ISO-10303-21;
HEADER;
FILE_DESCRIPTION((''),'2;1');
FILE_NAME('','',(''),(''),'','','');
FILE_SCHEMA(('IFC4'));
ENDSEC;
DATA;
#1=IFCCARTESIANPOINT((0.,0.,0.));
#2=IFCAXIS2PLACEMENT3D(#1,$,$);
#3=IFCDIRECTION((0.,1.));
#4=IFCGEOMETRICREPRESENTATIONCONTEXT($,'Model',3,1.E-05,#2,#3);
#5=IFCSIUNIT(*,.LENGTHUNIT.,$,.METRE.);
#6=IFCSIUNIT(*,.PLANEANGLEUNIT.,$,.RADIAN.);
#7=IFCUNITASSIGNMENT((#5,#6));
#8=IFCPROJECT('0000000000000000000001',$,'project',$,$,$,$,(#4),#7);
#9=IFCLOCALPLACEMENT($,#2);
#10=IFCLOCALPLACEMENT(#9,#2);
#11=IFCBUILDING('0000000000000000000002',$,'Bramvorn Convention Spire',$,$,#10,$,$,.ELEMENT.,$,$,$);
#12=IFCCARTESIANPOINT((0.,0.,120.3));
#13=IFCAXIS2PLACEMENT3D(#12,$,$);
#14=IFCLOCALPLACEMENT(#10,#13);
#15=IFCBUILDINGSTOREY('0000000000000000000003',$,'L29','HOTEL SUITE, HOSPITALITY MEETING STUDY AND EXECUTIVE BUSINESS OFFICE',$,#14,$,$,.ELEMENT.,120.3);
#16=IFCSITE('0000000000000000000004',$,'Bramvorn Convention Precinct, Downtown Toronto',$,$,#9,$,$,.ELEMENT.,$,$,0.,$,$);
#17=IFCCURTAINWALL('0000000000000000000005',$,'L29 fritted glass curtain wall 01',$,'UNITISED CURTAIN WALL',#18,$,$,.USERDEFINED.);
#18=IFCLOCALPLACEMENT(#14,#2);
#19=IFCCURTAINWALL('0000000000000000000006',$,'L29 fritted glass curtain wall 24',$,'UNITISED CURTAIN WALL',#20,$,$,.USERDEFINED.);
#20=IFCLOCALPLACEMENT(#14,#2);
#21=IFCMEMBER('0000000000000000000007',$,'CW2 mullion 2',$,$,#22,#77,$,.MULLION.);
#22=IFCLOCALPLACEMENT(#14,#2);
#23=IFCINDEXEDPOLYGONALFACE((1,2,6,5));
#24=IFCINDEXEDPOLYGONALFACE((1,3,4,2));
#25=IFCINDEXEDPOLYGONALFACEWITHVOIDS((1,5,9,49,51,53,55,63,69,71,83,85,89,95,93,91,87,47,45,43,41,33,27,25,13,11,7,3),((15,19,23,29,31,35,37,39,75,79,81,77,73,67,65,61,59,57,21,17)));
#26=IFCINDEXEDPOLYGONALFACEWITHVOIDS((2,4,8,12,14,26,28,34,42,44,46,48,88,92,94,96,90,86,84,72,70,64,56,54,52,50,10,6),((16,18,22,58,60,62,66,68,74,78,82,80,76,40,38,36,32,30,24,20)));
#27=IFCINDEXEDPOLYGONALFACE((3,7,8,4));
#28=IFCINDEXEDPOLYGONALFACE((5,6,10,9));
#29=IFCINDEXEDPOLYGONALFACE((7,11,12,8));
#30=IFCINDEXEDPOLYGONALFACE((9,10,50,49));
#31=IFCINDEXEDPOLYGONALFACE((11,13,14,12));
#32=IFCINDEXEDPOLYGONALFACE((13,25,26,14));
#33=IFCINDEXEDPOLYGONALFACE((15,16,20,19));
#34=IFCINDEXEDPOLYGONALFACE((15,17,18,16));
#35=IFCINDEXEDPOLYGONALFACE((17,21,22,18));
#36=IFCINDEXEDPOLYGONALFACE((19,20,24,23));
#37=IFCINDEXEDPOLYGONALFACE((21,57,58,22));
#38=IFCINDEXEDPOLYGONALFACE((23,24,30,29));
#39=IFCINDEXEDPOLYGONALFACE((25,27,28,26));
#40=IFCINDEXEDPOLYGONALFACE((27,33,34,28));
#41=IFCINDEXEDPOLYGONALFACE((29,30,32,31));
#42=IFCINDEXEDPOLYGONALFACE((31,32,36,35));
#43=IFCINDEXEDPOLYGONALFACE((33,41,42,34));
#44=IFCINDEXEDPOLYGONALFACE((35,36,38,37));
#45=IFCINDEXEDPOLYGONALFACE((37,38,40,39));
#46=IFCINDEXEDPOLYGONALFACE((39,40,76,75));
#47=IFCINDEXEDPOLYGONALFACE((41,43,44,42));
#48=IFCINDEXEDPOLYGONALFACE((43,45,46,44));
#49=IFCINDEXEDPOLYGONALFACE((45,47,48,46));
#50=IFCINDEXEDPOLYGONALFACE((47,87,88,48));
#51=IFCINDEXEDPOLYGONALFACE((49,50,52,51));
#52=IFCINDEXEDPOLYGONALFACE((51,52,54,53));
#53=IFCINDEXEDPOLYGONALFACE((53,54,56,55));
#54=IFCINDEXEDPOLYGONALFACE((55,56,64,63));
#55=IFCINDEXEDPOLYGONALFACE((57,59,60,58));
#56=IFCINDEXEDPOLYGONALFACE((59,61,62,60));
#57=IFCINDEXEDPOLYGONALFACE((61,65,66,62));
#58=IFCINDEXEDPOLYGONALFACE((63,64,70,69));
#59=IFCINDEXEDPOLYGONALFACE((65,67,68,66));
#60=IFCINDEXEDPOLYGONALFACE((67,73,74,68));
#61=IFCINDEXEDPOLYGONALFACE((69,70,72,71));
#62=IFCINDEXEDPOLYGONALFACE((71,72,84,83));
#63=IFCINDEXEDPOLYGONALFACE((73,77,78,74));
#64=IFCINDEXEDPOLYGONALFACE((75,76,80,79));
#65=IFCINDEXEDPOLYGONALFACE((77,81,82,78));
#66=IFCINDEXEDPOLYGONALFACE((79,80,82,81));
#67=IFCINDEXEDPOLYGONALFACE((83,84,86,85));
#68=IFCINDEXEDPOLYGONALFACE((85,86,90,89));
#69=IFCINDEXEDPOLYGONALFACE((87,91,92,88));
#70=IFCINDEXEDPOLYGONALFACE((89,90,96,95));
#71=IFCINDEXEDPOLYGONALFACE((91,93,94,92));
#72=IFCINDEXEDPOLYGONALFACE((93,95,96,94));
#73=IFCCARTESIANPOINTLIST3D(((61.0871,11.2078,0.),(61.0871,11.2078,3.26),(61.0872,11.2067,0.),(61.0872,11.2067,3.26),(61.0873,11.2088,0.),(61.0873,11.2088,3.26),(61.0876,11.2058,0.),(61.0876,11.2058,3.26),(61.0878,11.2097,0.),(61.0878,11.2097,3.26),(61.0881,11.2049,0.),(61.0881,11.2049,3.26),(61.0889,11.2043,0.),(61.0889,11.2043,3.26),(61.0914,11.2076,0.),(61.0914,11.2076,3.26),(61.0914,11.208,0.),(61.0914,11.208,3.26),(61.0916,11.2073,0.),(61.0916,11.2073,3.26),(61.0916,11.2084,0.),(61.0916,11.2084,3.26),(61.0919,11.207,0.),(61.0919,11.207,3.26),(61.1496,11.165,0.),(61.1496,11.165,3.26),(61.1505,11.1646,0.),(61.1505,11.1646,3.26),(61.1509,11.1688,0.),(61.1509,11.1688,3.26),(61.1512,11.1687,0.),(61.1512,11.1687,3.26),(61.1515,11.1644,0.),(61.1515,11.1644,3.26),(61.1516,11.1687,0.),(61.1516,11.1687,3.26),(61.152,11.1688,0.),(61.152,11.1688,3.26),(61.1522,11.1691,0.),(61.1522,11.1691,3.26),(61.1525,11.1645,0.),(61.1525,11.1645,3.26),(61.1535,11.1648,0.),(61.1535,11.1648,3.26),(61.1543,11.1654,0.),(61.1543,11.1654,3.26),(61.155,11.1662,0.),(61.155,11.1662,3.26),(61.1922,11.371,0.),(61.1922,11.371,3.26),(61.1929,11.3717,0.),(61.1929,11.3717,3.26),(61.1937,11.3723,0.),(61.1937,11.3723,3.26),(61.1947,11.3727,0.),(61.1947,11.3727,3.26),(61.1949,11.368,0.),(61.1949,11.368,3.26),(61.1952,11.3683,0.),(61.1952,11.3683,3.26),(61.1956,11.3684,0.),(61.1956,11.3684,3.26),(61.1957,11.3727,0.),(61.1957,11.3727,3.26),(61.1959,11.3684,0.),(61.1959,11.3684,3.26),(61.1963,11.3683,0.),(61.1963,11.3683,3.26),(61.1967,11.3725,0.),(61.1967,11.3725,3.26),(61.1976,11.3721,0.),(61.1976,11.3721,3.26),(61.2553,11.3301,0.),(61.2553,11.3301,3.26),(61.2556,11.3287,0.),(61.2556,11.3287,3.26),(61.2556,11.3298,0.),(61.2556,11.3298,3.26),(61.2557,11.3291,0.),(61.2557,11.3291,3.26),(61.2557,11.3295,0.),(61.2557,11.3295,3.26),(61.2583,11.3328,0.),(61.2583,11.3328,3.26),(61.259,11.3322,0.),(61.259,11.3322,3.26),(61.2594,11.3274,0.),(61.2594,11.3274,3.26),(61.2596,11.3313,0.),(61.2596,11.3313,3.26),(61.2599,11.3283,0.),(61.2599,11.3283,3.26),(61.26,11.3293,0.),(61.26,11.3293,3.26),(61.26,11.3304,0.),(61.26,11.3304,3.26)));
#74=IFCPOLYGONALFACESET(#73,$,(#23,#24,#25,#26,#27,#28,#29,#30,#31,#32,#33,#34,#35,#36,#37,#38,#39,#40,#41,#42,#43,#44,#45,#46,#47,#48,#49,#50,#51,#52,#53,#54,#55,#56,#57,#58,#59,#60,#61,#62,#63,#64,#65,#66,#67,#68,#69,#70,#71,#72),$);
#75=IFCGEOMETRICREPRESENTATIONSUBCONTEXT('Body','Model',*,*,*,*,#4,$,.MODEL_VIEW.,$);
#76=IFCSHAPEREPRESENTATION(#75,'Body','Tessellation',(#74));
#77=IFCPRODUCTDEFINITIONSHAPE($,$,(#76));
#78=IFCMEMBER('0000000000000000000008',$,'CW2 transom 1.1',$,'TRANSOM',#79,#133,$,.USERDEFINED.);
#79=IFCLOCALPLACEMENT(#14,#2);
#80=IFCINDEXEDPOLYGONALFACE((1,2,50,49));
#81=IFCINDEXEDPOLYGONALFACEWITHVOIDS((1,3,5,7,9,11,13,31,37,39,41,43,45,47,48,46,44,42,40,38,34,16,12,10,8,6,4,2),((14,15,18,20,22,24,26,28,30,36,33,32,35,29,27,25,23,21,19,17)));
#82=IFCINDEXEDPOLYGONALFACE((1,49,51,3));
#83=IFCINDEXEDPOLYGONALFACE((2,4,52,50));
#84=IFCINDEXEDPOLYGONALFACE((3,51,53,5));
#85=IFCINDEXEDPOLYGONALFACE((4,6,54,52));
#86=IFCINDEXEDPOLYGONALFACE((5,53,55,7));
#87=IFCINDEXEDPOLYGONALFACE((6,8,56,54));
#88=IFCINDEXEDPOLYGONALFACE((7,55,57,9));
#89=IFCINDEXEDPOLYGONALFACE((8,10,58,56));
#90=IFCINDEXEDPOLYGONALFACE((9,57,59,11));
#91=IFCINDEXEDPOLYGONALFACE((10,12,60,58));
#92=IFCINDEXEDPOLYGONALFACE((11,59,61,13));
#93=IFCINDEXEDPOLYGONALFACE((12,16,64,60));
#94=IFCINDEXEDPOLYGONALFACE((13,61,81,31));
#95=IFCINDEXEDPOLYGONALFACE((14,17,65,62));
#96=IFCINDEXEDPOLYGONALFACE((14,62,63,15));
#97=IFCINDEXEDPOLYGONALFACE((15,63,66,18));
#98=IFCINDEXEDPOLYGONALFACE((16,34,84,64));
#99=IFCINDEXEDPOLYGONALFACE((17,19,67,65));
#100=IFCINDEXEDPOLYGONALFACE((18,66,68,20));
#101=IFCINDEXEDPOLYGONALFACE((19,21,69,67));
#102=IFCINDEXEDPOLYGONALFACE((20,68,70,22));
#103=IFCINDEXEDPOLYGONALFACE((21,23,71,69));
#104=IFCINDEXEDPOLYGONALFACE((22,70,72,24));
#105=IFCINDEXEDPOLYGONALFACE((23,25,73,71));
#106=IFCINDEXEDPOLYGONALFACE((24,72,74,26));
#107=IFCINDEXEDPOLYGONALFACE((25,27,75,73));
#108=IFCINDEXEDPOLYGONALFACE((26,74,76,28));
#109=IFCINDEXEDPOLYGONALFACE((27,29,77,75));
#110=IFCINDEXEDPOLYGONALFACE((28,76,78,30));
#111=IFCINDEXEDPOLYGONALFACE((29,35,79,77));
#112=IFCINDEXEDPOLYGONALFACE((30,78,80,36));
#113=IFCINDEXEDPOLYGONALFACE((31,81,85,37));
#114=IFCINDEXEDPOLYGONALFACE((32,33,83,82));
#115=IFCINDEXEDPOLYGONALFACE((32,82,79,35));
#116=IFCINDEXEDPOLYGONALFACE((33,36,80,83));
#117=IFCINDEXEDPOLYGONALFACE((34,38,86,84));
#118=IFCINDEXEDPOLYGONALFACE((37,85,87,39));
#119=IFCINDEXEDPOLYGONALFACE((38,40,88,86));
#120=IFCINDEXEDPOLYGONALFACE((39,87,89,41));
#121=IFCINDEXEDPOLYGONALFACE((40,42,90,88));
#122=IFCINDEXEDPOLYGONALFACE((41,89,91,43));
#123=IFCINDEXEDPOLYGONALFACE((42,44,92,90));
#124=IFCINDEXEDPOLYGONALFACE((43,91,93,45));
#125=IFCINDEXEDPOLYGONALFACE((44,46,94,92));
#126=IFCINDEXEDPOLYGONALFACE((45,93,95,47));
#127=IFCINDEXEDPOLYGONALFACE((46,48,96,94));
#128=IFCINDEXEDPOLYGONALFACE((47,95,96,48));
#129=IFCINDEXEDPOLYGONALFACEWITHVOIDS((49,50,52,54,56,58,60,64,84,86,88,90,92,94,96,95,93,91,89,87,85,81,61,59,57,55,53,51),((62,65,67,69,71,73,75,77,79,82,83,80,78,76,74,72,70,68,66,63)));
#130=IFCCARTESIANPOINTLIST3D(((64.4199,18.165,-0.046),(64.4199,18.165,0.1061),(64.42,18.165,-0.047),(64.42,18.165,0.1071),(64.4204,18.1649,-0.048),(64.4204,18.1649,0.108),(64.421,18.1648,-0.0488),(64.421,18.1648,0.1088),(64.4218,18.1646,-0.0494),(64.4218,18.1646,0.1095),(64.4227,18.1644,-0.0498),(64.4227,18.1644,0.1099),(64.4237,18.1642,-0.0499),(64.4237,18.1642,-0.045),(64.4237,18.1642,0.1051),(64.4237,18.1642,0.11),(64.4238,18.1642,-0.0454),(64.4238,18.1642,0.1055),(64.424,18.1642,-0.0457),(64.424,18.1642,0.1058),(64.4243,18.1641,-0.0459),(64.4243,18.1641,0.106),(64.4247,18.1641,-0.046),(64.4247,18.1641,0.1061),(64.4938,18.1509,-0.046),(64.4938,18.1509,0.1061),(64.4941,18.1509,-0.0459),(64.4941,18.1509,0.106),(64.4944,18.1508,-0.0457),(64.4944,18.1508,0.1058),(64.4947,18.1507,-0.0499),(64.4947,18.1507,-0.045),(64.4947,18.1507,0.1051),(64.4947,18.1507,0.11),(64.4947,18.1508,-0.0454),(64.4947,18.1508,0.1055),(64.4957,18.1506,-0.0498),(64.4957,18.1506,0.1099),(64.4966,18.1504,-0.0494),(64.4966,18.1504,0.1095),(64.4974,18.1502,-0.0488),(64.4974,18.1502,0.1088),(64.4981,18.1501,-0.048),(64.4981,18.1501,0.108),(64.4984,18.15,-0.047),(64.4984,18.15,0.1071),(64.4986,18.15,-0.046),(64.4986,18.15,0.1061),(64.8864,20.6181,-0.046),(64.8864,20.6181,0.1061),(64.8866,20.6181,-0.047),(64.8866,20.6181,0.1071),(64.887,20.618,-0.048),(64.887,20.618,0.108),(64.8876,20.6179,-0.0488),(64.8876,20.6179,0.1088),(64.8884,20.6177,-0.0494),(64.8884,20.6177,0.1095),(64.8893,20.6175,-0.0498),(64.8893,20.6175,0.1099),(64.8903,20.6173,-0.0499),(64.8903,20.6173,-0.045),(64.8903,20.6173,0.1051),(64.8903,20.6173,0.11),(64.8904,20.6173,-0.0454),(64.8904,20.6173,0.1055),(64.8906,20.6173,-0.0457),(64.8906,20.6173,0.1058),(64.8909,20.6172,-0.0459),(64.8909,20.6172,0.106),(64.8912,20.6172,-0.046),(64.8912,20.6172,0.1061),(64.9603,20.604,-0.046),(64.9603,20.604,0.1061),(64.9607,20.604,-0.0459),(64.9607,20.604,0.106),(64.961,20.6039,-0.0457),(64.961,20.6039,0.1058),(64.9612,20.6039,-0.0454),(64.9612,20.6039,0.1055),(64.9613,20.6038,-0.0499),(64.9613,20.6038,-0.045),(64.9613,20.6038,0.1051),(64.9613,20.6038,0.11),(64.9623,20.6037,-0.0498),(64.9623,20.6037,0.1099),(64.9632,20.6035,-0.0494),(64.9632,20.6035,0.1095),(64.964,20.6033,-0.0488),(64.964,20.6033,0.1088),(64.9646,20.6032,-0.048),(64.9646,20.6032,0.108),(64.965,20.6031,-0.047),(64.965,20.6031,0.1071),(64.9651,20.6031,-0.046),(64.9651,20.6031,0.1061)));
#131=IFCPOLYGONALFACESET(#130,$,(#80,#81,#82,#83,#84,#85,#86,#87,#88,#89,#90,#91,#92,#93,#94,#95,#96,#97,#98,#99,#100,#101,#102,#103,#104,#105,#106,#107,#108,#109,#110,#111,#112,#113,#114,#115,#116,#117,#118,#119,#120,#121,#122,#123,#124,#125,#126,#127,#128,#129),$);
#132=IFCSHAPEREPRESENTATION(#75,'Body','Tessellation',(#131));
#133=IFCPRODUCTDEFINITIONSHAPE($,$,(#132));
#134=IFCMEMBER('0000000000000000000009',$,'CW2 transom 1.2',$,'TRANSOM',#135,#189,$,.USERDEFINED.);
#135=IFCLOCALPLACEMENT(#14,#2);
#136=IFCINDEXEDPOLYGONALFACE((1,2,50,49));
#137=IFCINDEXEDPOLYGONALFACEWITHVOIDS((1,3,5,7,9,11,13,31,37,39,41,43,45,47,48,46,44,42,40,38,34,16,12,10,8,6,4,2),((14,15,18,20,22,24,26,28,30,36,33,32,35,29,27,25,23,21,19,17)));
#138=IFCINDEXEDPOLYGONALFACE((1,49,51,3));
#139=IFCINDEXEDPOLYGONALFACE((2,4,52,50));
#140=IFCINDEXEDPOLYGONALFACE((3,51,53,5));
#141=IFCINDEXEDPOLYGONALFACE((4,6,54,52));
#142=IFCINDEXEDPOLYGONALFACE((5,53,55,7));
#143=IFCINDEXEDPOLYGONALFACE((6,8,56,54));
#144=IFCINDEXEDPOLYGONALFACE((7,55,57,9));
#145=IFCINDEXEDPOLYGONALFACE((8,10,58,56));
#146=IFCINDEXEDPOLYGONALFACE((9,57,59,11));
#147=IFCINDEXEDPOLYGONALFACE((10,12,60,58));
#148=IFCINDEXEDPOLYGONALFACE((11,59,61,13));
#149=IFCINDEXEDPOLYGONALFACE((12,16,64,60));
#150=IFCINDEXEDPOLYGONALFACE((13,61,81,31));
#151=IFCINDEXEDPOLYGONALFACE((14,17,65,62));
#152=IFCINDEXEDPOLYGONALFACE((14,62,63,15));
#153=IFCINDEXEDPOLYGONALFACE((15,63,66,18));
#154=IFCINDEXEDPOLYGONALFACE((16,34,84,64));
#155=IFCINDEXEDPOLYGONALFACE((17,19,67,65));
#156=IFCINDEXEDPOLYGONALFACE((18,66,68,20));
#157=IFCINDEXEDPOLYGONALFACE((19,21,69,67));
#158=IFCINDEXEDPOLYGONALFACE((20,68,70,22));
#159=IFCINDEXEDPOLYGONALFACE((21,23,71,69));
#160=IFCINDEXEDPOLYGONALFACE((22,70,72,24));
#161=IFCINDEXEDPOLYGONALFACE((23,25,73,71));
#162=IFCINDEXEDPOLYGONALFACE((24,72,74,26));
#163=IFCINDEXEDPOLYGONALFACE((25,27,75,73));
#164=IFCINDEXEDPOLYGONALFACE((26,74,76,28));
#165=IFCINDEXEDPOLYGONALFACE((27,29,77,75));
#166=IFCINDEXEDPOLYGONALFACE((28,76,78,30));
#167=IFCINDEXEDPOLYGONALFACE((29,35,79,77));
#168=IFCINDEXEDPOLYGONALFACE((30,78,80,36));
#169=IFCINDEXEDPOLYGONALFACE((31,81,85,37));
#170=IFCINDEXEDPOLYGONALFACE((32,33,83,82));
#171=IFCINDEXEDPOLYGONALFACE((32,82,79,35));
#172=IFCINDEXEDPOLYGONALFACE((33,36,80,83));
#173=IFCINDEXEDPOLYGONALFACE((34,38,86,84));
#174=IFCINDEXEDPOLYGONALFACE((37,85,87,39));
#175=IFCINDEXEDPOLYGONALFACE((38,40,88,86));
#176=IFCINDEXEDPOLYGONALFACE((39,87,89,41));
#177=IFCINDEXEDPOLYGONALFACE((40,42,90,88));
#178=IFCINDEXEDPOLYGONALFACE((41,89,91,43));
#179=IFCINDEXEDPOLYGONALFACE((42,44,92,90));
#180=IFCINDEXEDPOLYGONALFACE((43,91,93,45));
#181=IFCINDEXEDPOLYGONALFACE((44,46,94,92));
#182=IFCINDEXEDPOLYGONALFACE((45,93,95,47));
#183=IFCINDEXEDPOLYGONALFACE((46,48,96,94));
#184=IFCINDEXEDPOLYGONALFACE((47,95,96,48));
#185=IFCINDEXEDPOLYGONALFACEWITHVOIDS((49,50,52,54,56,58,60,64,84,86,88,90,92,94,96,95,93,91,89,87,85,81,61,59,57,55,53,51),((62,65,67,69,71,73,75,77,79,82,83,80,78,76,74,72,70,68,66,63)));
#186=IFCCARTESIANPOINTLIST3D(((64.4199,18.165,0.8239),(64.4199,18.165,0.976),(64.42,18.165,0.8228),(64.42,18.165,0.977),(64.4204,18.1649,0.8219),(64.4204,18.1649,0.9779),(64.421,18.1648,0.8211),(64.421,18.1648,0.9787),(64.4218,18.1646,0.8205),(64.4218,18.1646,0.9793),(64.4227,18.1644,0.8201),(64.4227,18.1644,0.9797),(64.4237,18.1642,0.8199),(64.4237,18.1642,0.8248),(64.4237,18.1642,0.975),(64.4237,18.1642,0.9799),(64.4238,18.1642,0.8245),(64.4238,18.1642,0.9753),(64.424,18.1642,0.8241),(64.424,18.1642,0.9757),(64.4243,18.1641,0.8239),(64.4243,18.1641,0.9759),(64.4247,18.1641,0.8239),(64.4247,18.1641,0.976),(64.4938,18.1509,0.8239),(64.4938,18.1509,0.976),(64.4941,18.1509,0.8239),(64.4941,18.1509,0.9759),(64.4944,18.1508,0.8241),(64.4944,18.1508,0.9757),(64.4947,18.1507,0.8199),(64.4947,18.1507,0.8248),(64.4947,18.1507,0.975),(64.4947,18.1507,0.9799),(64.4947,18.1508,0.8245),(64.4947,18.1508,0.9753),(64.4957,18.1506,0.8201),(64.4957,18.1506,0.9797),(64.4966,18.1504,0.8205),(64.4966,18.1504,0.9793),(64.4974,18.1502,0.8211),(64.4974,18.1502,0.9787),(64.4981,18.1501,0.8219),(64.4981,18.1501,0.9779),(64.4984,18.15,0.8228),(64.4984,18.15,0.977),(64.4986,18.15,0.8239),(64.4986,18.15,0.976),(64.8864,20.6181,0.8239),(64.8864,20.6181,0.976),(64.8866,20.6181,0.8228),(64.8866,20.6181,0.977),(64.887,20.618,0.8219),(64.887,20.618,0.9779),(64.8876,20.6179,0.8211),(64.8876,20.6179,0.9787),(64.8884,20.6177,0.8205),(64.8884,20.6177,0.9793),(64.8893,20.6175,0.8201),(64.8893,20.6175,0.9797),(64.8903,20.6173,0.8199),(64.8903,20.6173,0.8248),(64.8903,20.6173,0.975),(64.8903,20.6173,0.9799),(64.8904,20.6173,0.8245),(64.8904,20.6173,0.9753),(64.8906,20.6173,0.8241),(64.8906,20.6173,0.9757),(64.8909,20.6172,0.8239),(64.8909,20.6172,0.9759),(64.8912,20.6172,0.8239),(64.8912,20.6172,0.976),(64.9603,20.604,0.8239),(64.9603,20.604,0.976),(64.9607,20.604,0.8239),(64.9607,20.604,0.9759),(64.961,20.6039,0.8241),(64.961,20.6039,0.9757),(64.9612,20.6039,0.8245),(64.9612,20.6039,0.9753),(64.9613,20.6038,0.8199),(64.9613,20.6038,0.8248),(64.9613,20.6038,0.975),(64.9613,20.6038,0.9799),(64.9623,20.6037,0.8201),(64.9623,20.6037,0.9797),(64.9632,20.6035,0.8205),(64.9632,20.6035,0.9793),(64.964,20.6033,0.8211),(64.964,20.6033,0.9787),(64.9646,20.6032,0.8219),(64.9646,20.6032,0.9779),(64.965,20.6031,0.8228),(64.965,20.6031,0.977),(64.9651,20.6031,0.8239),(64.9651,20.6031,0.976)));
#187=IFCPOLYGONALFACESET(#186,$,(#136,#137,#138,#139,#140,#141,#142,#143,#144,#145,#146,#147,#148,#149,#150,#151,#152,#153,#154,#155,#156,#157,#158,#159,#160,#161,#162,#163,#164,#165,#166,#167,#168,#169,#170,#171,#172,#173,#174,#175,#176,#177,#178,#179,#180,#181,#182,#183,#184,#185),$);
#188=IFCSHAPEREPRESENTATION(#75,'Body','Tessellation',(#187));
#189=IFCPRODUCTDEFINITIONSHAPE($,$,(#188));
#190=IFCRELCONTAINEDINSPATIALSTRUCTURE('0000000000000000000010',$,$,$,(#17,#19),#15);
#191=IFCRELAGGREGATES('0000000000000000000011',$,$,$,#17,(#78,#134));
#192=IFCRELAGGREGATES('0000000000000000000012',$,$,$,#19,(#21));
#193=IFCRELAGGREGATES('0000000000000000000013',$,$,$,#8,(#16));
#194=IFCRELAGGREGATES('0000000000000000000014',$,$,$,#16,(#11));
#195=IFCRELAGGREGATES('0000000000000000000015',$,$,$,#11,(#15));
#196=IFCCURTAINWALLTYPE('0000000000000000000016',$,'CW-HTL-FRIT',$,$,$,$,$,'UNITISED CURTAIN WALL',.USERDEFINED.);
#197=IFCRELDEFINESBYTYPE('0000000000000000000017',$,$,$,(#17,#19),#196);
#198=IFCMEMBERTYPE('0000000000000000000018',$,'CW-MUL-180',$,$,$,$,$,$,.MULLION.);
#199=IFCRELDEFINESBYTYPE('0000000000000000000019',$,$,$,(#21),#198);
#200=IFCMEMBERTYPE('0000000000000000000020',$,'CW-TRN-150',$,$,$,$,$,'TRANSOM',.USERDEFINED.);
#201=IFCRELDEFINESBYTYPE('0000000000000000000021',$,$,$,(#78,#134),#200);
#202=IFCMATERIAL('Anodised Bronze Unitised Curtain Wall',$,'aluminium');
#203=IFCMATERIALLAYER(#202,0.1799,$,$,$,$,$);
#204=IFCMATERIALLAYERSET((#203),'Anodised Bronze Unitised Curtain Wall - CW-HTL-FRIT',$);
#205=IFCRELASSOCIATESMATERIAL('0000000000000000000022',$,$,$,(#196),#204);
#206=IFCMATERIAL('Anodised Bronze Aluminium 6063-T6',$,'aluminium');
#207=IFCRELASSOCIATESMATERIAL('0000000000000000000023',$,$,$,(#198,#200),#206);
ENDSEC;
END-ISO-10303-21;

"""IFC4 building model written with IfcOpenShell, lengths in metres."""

from ifc_helpers import new_model, si_unit, direction, frame, origin, origin_2d, place, context, subcontext, project, spatial, hollow_rectangle, extrude, material, layer, layer_set, material_profile, profile_set, type_object, element, aggregate, save


model = new_model("IFC4")

# Units and contexts
model_context = context("Model", 3, precision=1e-05, world=origin(), true_north=direction((0.0, 1.0)))
body_context = subcontext(model_context, "Body", "Model", "MODEL_VIEW")
ifc_project = project(units=[si_unit("LENGTHUNIT", "METRE"), si_unit("PLANEANGLEUNIT", "RADIAN")], contexts=[model_context])

# Site, building, storey
site_placement = place(None, origin())
site = spatial("IfcSite", under=ifc_project, at=site_placement, Name="Bramvorn Convention Precinct, Downtown Toronto", CompositionType="ELEMENT", RefElevation=0.0)
building_placement = place(site_placement, origin())
building = spatial("IfcBuilding", under=site, at=building_placement, Name="Bramvorn Convention Spire", CompositionType="ELEMENT")
storey_placement = place(building_placement, frame((0.0, 0.0, 120.3)))
storey = spatial("IfcBuildingStorey", under=building, at=storey_placement, Name="L29", Description="HOTEL SUITE, HOSPITALITY MEETING STUDY AND EXECUTIVE BUSINESS OFFICE", CompositionType="ELEMENT", Elevation=120.3)

# Curtain walls, member
ifc_material_1 = material(Name="Anodised Bronze Unitised Curtain Wall", Category="aluminium")
ifc_layer_1 = layer(ifc_material_1, 0.1799)
ifc_layer_set_1 = layer_set([ifc_layer_1], Name="Anodised Bronze Unitised Curtain Wall - CW-HTL-FRIT")
curtain_wall_type = type_object("IfcCurtainWallType", Name="CW-HTL-FRIT", ElementType="UNITISED CURTAIN WALL", PredefinedType="USERDEFINED", material=ifc_layer_set_1)
curtain_wall_1_placement = place(storey_placement, origin())
curtain_wall_1 = element("IfcCurtainWall", 1, at=curtain_wall_1_placement, inside=storey, type_object=curtain_wall_type, Name="L29 fritted glass curtain wall 01", ObjectType="UNITISED CURTAIN WALL", PredefinedType="USERDEFINED")
ifc_material_2 = material(Name="Anodised Bronze Aluminium 6063-T6", Category="aluminium")
ifc_material_profile_1 = material_profile(ifc_material_2, hollow_rectangle(XDim=0.0801, YDim=0.2, WallThickness=0.0039, InnerFilletRadius=0.001, OuterFilletRadius=0.0039, at=origin_2d()))
ifc_profile_set_1 = profile_set([ifc_material_profile_1], Name="Anodised Bronze Aluminium 6063-T6 - CWM80X200")
member_type_1 = type_object("IfcMemberType", Name="CW-MUL-180", PredefinedType="MULLION", material=ifc_profile_set_1)
curtain_wall_2_placement = place(storey_placement, origin())
curtain_wall_2 = element("IfcCurtainWall", 2, at=curtain_wall_2_placement, inside=storey, type_object=curtain_wall_type, Name="L29 fritted glass curtain wall 24", ObjectType="UNITISED CURTAIN WALL", PredefinedType="USERDEFINED")
member_1_placement = place(storey_placement, frame((61.1736, 11.2686, 0.0), z_axis=(0.0, 0.0, 1.0), x_axis=(0.839345, -0.5436, 0.0)))
member_1 = element("IfcMember", 3, at=member_1_placement, type_object=member_type_1, Name="CW2 mullion 2", PredefinedType="MULLION", context=body_context, shape_type="SweptSolid", body=[
    extrude(hollow_rectangle(XDim=0.0801, YDim=0.2, WallThickness=0.0039, InnerFilletRadius=0.001, OuterFilletRadius=0.0039, at=origin_2d()), origin(), (0.0, 0.0, 1.0), 3.26),
])

# Members
ifc_material_profile_2 = material_profile(ifc_material_2, hollow_rectangle(XDim=0.0801, YDim=0.1599, WallThickness=0.0039, InnerFilletRadius=0.001, OuterFilletRadius=0.0039, at=origin_2d()))
ifc_profile_set_2 = profile_set([ifc_material_profile_2], Name="Anodised Bronze Aluminium 6063-T6 - CWT80X160")
member_type_2 = type_object("IfcMemberType", Name="CW-TRN-150", ElementType="TRANSOM", PredefinedType="USERDEFINED", material=ifc_profile_set_2)
member_2_placement = place(storey_placement, frame((64.9258, 20.6106, 0.03), z_axis=(-0.186838, -0.982391, 0.0), x_axis=(0.982391, -0.186838, 0.0)))
member_2 = element("IfcMember", 4, at=member_2_placement, type_object=member_type_2, Name="CW2 transom 1.1", ObjectType="TRANSOM", PredefinedType="USERDEFINED", context=body_context, shape_type="SweptSolid", body=[
    extrude(hollow_rectangle(XDim=0.0801, YDim=0.1599, WallThickness=0.0039, InnerFilletRadius=0.001, OuterFilletRadius=0.0039, at=origin_2d()), origin(), (0.0, 0.0, 1.0), 2.4971),
])
member_3_placement = place(storey_placement, frame((64.9258, 20.6106, 0.8999), z_axis=(-0.186838, -0.982391, 0.0), x_axis=(0.982391, -0.186838, 0.0)))
member_3 = element("IfcMember", 5, at=member_3_placement, type_object=member_type_2, Name="CW2 transom 1.2", ObjectType="TRANSOM", PredefinedType="USERDEFINED", context=body_context, shape_type="SweptSolid", body=[
    extrude(hollow_rectangle(XDim=0.0801, YDim=0.1599, WallThickness=0.0039, InnerFilletRadius=0.001, OuterFilletRadius=0.0039, at=origin_2d()), origin(), (0.0, 0.0, 1.0), 2.4971),
])

aggregate(curtain_wall_1, [member_2, member_3])
aggregate(curtain_wall_2, [member_1])

save(model, "model.ifc")
